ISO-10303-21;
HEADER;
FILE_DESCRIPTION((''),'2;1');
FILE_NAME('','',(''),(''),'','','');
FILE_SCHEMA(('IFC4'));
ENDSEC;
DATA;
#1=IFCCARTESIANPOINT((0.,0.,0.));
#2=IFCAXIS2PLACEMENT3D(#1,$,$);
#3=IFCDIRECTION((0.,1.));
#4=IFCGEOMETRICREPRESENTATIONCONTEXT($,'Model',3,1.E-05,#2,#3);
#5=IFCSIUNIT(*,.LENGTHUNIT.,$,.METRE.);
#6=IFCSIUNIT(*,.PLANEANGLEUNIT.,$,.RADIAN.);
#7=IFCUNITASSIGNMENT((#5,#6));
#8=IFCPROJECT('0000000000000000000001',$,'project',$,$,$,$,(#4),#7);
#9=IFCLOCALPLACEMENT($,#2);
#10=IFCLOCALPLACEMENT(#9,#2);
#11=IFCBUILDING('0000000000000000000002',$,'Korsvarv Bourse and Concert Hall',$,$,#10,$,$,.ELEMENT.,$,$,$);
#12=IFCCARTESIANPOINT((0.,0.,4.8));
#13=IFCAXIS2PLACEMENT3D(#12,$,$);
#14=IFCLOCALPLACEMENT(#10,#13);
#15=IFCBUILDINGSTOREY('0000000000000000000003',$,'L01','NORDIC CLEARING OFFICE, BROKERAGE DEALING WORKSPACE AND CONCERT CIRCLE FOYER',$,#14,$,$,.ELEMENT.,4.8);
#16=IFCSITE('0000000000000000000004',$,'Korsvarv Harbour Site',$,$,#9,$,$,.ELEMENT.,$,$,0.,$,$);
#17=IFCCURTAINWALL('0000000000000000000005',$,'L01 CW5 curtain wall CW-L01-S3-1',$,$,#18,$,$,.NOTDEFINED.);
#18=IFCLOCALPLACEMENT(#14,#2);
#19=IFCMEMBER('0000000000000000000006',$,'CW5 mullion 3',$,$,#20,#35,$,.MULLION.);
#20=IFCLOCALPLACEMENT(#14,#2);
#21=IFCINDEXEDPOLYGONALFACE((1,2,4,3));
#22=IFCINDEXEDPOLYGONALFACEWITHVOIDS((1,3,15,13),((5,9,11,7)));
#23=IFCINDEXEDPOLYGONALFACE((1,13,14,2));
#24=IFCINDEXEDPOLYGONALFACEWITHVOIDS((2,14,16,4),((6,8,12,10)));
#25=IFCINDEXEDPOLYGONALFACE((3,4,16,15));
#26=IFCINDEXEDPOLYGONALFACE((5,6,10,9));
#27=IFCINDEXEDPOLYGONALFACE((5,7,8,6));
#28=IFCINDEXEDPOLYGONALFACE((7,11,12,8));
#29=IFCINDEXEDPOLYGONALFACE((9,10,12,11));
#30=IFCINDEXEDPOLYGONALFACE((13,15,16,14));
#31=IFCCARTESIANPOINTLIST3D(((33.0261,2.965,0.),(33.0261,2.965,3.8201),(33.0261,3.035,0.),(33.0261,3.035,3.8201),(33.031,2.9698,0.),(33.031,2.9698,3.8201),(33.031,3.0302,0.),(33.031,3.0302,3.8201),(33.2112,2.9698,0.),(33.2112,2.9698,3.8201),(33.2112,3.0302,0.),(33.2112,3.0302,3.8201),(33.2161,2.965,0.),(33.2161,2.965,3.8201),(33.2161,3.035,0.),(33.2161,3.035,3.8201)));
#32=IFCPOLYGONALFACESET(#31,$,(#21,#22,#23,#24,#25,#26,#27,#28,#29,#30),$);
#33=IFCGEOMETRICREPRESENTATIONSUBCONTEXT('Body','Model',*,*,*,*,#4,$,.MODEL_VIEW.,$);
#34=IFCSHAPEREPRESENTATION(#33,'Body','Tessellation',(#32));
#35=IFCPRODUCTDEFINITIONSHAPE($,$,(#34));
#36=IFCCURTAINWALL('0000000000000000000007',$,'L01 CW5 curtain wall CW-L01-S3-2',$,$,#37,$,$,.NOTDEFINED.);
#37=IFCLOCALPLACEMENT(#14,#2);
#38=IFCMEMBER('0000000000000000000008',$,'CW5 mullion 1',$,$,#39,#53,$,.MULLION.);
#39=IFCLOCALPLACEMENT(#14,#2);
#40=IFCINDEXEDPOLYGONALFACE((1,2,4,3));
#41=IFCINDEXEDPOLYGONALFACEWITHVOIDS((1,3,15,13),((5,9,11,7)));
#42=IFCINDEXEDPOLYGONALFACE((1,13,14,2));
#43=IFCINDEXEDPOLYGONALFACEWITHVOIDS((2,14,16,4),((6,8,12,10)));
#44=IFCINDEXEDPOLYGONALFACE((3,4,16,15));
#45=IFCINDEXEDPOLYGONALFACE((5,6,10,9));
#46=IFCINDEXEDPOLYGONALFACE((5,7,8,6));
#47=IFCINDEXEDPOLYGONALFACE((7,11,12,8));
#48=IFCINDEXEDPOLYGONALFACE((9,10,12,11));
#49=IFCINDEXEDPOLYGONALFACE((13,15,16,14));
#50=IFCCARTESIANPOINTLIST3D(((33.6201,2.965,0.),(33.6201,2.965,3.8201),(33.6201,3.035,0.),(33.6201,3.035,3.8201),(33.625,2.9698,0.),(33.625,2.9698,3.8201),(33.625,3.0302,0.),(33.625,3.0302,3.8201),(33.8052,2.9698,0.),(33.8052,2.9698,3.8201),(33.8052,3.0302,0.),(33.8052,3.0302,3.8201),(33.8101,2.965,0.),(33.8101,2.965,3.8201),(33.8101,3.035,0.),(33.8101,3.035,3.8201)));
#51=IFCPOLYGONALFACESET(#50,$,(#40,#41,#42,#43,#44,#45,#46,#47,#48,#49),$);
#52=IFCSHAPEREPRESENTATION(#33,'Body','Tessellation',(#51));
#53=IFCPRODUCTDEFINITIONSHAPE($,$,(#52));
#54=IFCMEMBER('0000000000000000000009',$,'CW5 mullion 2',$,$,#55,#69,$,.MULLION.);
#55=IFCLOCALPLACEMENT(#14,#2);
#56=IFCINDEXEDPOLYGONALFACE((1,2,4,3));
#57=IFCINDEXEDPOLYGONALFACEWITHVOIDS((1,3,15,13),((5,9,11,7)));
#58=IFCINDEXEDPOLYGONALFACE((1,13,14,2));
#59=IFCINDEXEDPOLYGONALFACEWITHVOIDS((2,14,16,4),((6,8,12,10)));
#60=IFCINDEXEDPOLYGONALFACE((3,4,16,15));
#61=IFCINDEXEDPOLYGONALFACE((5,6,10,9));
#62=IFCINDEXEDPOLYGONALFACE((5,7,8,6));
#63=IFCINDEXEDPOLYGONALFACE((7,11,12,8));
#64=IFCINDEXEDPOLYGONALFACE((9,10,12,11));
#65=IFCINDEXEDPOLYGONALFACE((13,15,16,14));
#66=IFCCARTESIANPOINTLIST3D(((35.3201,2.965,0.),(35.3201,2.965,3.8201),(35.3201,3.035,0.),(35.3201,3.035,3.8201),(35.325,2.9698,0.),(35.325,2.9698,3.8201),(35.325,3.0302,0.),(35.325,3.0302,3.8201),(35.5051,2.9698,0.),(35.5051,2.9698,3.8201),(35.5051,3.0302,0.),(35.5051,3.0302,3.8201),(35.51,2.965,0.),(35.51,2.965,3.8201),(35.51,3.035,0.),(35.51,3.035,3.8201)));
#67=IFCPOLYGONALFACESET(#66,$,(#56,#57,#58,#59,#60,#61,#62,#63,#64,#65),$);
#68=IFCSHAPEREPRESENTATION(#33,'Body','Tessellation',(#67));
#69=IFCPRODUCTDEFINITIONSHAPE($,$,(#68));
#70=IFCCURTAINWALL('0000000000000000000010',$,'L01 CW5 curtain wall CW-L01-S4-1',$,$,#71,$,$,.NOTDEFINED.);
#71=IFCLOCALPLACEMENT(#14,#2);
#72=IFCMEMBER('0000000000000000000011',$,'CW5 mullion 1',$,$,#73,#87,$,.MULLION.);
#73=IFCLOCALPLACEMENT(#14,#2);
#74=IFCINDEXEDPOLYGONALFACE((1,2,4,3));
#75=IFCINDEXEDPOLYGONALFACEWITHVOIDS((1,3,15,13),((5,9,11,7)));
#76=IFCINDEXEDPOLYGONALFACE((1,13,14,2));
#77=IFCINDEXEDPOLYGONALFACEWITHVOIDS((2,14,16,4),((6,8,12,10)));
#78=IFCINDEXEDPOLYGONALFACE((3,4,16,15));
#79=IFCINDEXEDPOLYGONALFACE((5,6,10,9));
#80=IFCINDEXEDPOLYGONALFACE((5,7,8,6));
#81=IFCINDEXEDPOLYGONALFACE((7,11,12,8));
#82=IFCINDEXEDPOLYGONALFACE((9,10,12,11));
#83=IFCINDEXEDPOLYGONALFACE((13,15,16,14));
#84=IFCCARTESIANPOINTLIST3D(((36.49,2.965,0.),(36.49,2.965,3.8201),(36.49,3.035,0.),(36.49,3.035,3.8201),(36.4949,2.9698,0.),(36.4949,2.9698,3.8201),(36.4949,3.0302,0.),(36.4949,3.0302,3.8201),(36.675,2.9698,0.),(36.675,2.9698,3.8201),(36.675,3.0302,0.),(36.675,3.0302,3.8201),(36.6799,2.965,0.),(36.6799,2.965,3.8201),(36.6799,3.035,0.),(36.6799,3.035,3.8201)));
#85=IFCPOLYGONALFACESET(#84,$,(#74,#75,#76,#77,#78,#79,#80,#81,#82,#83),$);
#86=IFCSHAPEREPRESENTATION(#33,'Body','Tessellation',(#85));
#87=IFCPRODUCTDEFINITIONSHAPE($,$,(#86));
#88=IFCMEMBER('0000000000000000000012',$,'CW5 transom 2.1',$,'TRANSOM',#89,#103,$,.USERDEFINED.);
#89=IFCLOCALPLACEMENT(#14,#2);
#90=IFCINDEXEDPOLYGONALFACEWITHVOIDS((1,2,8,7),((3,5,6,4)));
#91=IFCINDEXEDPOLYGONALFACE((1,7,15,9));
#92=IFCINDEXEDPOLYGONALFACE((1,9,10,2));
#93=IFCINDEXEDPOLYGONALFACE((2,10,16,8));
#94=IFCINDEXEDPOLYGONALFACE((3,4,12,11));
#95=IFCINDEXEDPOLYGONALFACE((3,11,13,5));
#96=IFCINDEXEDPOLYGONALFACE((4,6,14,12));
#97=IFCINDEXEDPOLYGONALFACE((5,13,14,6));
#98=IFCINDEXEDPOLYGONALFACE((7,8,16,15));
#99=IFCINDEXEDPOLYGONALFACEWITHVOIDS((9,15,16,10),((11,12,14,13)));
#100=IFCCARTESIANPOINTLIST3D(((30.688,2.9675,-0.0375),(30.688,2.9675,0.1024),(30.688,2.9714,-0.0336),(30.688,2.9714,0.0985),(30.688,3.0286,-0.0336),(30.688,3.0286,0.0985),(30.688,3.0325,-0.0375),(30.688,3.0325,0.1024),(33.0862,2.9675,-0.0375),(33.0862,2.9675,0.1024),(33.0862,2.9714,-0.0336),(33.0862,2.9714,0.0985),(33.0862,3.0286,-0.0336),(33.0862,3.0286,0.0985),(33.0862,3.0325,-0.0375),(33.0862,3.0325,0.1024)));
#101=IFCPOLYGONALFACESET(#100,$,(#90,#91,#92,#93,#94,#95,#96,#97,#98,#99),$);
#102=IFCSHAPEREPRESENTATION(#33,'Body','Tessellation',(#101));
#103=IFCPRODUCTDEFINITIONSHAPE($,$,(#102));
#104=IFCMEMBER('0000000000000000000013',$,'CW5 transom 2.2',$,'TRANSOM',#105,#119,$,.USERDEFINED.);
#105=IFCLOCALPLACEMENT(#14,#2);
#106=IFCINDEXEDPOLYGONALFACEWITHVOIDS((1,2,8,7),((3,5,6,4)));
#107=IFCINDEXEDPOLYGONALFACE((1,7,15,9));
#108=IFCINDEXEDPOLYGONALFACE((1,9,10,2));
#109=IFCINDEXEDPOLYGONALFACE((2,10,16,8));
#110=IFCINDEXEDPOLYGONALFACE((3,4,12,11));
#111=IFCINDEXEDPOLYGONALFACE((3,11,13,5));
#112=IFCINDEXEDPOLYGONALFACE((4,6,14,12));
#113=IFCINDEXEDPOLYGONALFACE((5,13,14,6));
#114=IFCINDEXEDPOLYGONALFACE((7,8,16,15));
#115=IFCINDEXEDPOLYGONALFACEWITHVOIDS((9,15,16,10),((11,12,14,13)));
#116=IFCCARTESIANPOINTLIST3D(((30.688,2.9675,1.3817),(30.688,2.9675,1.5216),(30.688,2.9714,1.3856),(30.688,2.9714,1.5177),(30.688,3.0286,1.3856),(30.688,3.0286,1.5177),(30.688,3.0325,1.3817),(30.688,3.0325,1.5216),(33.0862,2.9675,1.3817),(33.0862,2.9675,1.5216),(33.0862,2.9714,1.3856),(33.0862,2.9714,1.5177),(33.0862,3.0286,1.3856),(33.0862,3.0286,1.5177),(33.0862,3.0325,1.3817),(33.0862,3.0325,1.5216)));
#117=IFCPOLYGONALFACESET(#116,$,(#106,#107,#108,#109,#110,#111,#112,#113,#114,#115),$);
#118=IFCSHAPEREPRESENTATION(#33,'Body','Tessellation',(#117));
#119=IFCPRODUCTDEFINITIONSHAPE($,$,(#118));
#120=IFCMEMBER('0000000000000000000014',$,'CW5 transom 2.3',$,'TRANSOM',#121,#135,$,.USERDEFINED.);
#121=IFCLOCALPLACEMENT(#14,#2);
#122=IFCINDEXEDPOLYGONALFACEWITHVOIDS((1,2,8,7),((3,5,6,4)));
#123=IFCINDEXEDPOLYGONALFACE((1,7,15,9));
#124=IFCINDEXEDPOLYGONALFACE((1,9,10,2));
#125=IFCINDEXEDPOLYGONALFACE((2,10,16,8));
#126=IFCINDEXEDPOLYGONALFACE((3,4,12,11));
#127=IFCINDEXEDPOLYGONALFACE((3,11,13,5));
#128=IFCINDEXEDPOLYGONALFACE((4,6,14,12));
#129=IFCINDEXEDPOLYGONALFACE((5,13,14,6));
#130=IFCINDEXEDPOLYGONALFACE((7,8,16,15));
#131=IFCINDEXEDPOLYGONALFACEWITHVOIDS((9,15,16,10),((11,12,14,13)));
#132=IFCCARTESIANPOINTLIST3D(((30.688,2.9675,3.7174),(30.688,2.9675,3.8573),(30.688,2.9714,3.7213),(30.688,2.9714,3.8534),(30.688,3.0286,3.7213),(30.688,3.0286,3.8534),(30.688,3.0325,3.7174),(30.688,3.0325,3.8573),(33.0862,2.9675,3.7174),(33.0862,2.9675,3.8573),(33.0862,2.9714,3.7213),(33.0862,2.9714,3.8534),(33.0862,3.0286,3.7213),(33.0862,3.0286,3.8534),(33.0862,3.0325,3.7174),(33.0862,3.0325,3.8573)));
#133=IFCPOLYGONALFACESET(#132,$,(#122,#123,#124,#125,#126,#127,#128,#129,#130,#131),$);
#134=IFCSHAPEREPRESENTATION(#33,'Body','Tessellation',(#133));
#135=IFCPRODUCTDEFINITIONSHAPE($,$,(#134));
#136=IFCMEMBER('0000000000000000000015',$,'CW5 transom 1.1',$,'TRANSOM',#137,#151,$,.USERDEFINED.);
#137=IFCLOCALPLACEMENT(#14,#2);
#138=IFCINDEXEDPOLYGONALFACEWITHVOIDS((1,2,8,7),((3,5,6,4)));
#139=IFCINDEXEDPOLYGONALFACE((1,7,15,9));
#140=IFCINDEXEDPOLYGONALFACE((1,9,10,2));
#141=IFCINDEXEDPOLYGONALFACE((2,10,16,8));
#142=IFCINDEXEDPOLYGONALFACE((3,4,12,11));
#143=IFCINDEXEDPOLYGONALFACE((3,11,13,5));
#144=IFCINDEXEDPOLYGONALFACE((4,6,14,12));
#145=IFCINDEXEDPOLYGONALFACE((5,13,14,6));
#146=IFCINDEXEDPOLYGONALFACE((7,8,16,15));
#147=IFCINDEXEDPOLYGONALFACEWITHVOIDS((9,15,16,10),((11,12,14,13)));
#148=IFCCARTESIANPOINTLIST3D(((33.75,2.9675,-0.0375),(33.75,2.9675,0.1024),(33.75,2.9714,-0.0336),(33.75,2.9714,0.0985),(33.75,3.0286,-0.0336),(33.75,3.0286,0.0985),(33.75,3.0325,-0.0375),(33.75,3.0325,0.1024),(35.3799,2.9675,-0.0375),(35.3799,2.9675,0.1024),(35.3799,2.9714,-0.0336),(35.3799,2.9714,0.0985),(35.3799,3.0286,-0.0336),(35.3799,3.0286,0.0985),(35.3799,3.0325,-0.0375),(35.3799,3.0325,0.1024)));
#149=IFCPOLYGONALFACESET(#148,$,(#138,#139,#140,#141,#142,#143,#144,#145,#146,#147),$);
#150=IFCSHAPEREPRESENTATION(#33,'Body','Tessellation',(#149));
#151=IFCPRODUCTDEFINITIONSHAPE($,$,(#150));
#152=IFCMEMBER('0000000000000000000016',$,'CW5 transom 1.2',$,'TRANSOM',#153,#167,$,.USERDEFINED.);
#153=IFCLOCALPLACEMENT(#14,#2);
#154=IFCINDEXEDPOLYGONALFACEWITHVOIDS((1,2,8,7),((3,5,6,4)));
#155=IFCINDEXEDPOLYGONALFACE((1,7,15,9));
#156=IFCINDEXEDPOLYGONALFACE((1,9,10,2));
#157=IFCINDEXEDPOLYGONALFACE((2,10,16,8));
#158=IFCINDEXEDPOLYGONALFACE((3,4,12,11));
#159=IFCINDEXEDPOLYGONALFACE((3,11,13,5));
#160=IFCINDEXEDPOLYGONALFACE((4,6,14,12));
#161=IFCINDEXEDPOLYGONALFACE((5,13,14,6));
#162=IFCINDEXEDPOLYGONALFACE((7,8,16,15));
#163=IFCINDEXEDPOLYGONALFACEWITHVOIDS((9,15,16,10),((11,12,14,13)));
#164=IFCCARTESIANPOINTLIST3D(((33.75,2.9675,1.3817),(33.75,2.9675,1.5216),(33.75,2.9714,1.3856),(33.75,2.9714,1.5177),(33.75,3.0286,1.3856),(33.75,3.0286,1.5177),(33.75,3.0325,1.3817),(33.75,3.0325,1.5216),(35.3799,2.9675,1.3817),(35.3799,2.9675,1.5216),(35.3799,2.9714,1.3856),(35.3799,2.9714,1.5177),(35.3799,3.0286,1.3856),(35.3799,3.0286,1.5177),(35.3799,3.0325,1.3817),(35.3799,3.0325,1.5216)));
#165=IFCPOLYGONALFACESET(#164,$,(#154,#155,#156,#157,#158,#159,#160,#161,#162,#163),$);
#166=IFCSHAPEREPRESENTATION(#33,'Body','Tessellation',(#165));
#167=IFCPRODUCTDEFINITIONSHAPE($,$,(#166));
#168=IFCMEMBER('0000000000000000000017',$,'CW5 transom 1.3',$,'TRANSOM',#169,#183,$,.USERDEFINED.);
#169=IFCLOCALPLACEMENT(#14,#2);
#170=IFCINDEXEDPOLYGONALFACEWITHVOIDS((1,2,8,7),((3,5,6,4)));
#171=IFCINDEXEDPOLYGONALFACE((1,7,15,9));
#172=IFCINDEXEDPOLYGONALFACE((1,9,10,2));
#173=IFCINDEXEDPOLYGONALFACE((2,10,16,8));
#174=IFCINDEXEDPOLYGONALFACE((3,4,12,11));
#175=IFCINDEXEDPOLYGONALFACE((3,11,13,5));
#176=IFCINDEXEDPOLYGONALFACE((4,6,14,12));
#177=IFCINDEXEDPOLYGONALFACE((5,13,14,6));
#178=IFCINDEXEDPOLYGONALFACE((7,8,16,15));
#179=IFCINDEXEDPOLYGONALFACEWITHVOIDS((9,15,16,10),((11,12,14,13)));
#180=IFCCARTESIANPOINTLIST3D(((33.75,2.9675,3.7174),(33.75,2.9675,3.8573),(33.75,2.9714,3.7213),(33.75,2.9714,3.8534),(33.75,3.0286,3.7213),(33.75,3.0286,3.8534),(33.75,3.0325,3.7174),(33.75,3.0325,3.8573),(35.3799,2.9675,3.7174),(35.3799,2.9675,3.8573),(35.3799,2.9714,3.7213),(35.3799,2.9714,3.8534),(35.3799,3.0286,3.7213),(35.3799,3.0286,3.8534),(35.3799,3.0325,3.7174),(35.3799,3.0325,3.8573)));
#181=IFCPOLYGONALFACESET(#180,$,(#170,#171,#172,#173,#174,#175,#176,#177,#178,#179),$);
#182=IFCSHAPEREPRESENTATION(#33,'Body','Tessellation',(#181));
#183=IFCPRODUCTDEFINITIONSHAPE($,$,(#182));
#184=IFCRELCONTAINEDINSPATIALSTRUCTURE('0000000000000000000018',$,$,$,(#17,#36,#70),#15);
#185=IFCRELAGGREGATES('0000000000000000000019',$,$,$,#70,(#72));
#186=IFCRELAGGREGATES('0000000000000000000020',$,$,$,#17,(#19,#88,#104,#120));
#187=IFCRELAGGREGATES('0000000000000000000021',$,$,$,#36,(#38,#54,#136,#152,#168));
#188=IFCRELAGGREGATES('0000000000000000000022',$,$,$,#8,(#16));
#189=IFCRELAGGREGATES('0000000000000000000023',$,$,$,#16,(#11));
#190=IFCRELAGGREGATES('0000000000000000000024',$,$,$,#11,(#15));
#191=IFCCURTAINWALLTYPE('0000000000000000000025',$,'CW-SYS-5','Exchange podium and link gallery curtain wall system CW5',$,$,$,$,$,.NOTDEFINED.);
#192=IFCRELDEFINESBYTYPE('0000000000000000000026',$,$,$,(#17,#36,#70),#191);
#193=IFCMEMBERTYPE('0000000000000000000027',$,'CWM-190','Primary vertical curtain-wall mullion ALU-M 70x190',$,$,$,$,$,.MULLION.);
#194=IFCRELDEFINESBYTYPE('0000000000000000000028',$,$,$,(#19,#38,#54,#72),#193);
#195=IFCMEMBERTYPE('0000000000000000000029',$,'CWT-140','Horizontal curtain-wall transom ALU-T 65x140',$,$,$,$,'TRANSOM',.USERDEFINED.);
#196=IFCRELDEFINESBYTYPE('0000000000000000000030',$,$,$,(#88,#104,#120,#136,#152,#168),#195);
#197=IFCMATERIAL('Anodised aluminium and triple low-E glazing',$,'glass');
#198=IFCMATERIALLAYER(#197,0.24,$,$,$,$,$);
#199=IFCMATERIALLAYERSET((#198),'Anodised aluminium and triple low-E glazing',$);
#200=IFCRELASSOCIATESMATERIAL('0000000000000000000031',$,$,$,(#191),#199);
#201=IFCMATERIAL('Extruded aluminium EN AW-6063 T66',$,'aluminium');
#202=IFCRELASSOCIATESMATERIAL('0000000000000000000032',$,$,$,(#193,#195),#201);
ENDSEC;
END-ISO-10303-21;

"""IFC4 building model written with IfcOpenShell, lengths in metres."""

from ifc_helpers import new_model, si_unit, direction, frame, origin, origin_2d, place, context, subcontext, project, spatial, hollow_rectangle, extrude, source, transform, mapped, material, layer, layer_set, material_profile, profile_set, type_object, element, aggregate, save


model = new_model("IFC4")

# Units and contexts
model_context = context("Model", 3, precision=1e-05, world=origin(), true_north=direction((0.0, 1.0)))
body_context = subcontext(model_context, "Body", "Model", "MODEL_VIEW")
ifc_project = project(units=[si_unit("LENGTHUNIT", "METRE"), si_unit("PLANEANGLEUNIT", "RADIAN")], contexts=[model_context])

# Site, building, storey
site_placement = place(None, origin())
site = spatial("IfcSite", under=ifc_project, at=site_placement, Name="Korsvarv Harbour Site", CompositionType="ELEMENT", RefElevation=0.0)
building_placement = place(site_placement, origin())
building = spatial("IfcBuilding", under=site, at=building_placement, Name="Korsvarv Bourse and Concert Hall", CompositionType="ELEMENT")
storey_placement = place(building_placement, frame((0.0, 0.0, 4.8)))
storey = spatial("IfcBuildingStorey", under=building, at=storey_placement, Name="L01", Description="NORDIC CLEARING OFFICE, BROKERAGE DEALING WORKSPACE AND CONCERT CIRCLE FOYER", CompositionType="ELEMENT", Elevation=4.8)

# Curtain walls, members
ifc_material_1 = material(Name="Anodised aluminium and triple low-E glazing", Category="glass")
ifc_layer_1 = layer(ifc_material_1, 0.24)
ifc_layer_set_1 = layer_set([ifc_layer_1], Name="Anodised aluminium and triple low-E glazing")
curtain_wall_type = type_object("IfcCurtainWallType", Name="CW-SYS-5", Description="Exchange podium and link gallery curtain wall system CW5", PredefinedType="NOTDEFINED", material=ifc_layer_set_1)
curtain_wall_1_placement = place(storey_placement, origin())
curtain_wall_1 = element("IfcCurtainWall", 1, at=curtain_wall_1_placement, inside=storey, type_object=curtain_wall_type, Name="L01 CW5 curtain wall CW-L01-S3-1", PredefinedType="NOTDEFINED")
ifc_material_2 = material(Name="Extruded aluminium EN AW-6063 T66", Category="aluminium")
ifc_material_profile_1 = material_profile(ifc_material_2, hollow_rectangle(XDim=0.0701, YDim=0.1899, WallThickness=0.0049, at=origin_2d()), Name="ALU-M 70x190")
ifc_profile_set_1 = profile_set([ifc_material_profile_1], Name="Extruded aluminium EN AW-6063 T66")
member_type_1 = type_object("IfcMemberType", Name="CWM-190", Description="Primary vertical curtain-wall mullion ALU-M 70x190", PredefinedType="MULLION", material=ifc_profile_set_1)
shared_shape_1 = source(origin(), body_context, "Body", "SweptSolid", [
    extrude(hollow_rectangle(XDim=0.0701, YDim=0.1899, WallThickness=0.0049, at=origin_2d()), origin(), (0.0, 0.0, 1.0), 3.8201),
])
member_1_placement = place(storey_placement, frame((33.1211, 3.0, 0.0), z_axis=(0.0, 0.0, 1.0), x_axis=(0.0, 1.0, 0.0)))
member_1 = element("IfcMember", 2, at=member_1_placement, type_object=member_type_1, Name="CW5 mullion 3", PredefinedType="MULLION", context=body_context, shape_type="MappedRepresentation", body=[
    mapped(shared_shape_1, transform((0.0, 0.0, 0.0), scale=1.0)),
])
curtain_wall_2_placement = place(storey_placement, origin())
curtain_wall_2 = element("IfcCurtainWall", 3, at=curtain_wall_2_placement, inside=storey, type_object=curtain_wall_type, Name="L01 CW5 curtain wall CW-L01-S3-2", PredefinedType="NOTDEFINED")
member_2_placement = place(storey_placement, frame((33.7151, 3.0, 0.0), z_axis=(0.0, 0.0, 1.0), x_axis=(0.0, 1.0, 0.0)))
member_2 = element("IfcMember", 4, at=member_2_placement, type_object=member_type_1, Name="CW5 mullion 1", PredefinedType="MULLION", context=body_context, shape_type="MappedRepresentation", body=[
    mapped(shared_shape_1, transform((0.0, 0.0, 0.0), scale=1.0)),
])
member_3_placement = place(storey_placement, frame((35.415, 3.0, 0.0), z_axis=(0.0, 0.0, 1.0), x_axis=(0.0, 1.0, 0.0)))
member_3 = element("IfcMember", 5, at=member_3_placement, type_object=member_type_1, Name="CW5 mullion 2", PredefinedType="MULLION", context=body_context, shape_type="MappedRepresentation", body=[
    mapped(shared_shape_1, transform((0.0, 0.0, 0.0), scale=1.0)),
])

# Curtain wall, member
curtain_wall_3_placement = place(storey_placement, origin())
curtain_wall_3 = element("IfcCurtainWall", 6, at=curtain_wall_3_placement, inside=storey, type_object=curtain_wall_type, Name="L01 CW5 curtain wall CW-L01-S4-1", PredefinedType="NOTDEFINED")
member_4_placement = place(storey_placement, frame((36.585, 3.0, 0.0), z_axis=(0.0, 0.0, 1.0), x_axis=(0.0, 1.0, 0.0)))
member_4 = element("IfcMember", 7, at=member_4_placement, type_object=member_type_1, Name="CW5 mullion 1", PredefinedType="MULLION", context=body_context, shape_type="MappedRepresentation", body=[
    mapped(shared_shape_1, transform((0.0, 0.0, 0.0), scale=1.0)),
])
aggregate(curtain_wall_3, [member_4])

# Members
ifc_material_profile_2 = material_profile(ifc_material_2, hollow_rectangle(XDim=0.0649, YDim=0.1399, WallThickness=0.0039, at=origin_2d()), Name="ALU-T 65x140")
ifc_profile_set_2 = profile_set([ifc_material_profile_2], Name="Extruded aluminium EN AW-6063 T66")
member_type_2 = type_object("IfcMemberType", Name="CWT-140", Description="Horizontal curtain-wall transom ALU-T 65x140", ElementType="TRANSOM", PredefinedType="USERDEFINED", material=ifc_profile_set_2)
shared_shape_2 = source(origin(), body_context, "Body", "SweptSolid", [
    extrude(hollow_rectangle(XDim=0.0649, YDim=0.1399, WallThickness=0.0039, at=origin_2d()), origin(), (0.0, 0.0, 1.0), 2.3982),
])
member_5_placement = place(storey_placement, frame((30.688, 3.0, 0.0325), z_axis=(1.0, 0.0, 0.0), x_axis=(0.0, 1.0, 0.0)))
member_5 = element("IfcMember", 8, at=member_5_placement, type_object=member_type_2, Name="CW5 transom 2.1", ObjectType="TRANSOM", PredefinedType="USERDEFINED", context=body_context, shape_type="MappedRepresentation", body=[
    mapped(shared_shape_2, transform((0.0, 0.0, 0.0), scale=1.0)),
])
member_6_placement = place(storey_placement, frame((30.688, 3.0, 1.4517), z_axis=(1.0, 0.0, 0.0), x_axis=(0.0, 1.0, 0.0)))
member_6 = element("IfcMember", 9, at=member_6_placement, type_object=member_type_2, Name="CW5 transom 2.2", ObjectType="TRANSOM", PredefinedType="USERDEFINED", context=body_context, shape_type="MappedRepresentation", body=[
    mapped(shared_shape_2, transform((0.0, 0.0, 0.0), scale=1.0)),
])
member_7_placement = place(storey_placement, frame((30.688, 3.0, 3.7874), z_axis=(1.0, 0.0, 0.0), x_axis=(0.0, 1.0, 0.0)))
member_7 = element("IfcMember", 10, at=member_7_placement, type_object=member_type_2, Name="CW5 transom 2.3", ObjectType="TRANSOM", PredefinedType="USERDEFINED", context=body_context, shape_type="MappedRepresentation", body=[
    mapped(shared_shape_2, transform((0.0, 0.0, 0.0), scale=1.0)),
])
shared_shape_3 = source(origin(), body_context, "Body", "SweptSolid", [
    extrude(hollow_rectangle(XDim=0.0649, YDim=0.1399, WallThickness=0.0039, at=origin_2d()), origin(), (0.0, 0.0, 1.0), 1.6299),
])
member_8_placement = place(storey_placement, frame((33.75, 3.0, 0.0325), z_axis=(1.0, 0.0, 0.0), x_axis=(0.0, 1.0, 0.0)))
member_8 = element("IfcMember", 11, at=member_8_placement, type_object=member_type_2, Name="CW5 transom 1.1", ObjectType="TRANSOM", PredefinedType="USERDEFINED", context=body_context, shape_type="MappedRepresentation", body=[
    mapped(shared_shape_3, transform((0.0, 0.0, 0.0), scale=1.0)),
])
member_9_placement = place(storey_placement, frame((33.75, 3.0, 1.4517), z_axis=(1.0, 0.0, 0.0), x_axis=(0.0, 1.0, 0.0)))
member_9 = element("IfcMember", 12, at=member_9_placement, type_object=member_type_2, Name="CW5 transom 1.2", ObjectType="TRANSOM", PredefinedType="USERDEFINED", context=body_context, shape_type="MappedRepresentation", body=[
    mapped(shared_shape_3, transform((0.0, 0.0, 0.0), scale=1.0)),
])
member_10_placement = place(storey_placement, frame((33.75, 3.0, 3.7874), z_axis=(1.0, 0.0, 0.0), x_axis=(0.0, 1.0, 0.0)))
member_10 = element("IfcMember", 13, at=member_10_placement, type_object=member_type_2, Name="CW5 transom 1.3", ObjectType="TRANSOM", PredefinedType="USERDEFINED", context=body_context, shape_type="MappedRepresentation", body=[
    mapped(shared_shape_3, transform((0.0, 0.0, 0.0), scale=1.0)),
])

aggregate(curtain_wall_1, [member_1, member_5, member_6, member_7])
aggregate(curtain_wall_2, [member_2, member_3, member_8, member_9, member_10])

save(model, "model.ifc")
